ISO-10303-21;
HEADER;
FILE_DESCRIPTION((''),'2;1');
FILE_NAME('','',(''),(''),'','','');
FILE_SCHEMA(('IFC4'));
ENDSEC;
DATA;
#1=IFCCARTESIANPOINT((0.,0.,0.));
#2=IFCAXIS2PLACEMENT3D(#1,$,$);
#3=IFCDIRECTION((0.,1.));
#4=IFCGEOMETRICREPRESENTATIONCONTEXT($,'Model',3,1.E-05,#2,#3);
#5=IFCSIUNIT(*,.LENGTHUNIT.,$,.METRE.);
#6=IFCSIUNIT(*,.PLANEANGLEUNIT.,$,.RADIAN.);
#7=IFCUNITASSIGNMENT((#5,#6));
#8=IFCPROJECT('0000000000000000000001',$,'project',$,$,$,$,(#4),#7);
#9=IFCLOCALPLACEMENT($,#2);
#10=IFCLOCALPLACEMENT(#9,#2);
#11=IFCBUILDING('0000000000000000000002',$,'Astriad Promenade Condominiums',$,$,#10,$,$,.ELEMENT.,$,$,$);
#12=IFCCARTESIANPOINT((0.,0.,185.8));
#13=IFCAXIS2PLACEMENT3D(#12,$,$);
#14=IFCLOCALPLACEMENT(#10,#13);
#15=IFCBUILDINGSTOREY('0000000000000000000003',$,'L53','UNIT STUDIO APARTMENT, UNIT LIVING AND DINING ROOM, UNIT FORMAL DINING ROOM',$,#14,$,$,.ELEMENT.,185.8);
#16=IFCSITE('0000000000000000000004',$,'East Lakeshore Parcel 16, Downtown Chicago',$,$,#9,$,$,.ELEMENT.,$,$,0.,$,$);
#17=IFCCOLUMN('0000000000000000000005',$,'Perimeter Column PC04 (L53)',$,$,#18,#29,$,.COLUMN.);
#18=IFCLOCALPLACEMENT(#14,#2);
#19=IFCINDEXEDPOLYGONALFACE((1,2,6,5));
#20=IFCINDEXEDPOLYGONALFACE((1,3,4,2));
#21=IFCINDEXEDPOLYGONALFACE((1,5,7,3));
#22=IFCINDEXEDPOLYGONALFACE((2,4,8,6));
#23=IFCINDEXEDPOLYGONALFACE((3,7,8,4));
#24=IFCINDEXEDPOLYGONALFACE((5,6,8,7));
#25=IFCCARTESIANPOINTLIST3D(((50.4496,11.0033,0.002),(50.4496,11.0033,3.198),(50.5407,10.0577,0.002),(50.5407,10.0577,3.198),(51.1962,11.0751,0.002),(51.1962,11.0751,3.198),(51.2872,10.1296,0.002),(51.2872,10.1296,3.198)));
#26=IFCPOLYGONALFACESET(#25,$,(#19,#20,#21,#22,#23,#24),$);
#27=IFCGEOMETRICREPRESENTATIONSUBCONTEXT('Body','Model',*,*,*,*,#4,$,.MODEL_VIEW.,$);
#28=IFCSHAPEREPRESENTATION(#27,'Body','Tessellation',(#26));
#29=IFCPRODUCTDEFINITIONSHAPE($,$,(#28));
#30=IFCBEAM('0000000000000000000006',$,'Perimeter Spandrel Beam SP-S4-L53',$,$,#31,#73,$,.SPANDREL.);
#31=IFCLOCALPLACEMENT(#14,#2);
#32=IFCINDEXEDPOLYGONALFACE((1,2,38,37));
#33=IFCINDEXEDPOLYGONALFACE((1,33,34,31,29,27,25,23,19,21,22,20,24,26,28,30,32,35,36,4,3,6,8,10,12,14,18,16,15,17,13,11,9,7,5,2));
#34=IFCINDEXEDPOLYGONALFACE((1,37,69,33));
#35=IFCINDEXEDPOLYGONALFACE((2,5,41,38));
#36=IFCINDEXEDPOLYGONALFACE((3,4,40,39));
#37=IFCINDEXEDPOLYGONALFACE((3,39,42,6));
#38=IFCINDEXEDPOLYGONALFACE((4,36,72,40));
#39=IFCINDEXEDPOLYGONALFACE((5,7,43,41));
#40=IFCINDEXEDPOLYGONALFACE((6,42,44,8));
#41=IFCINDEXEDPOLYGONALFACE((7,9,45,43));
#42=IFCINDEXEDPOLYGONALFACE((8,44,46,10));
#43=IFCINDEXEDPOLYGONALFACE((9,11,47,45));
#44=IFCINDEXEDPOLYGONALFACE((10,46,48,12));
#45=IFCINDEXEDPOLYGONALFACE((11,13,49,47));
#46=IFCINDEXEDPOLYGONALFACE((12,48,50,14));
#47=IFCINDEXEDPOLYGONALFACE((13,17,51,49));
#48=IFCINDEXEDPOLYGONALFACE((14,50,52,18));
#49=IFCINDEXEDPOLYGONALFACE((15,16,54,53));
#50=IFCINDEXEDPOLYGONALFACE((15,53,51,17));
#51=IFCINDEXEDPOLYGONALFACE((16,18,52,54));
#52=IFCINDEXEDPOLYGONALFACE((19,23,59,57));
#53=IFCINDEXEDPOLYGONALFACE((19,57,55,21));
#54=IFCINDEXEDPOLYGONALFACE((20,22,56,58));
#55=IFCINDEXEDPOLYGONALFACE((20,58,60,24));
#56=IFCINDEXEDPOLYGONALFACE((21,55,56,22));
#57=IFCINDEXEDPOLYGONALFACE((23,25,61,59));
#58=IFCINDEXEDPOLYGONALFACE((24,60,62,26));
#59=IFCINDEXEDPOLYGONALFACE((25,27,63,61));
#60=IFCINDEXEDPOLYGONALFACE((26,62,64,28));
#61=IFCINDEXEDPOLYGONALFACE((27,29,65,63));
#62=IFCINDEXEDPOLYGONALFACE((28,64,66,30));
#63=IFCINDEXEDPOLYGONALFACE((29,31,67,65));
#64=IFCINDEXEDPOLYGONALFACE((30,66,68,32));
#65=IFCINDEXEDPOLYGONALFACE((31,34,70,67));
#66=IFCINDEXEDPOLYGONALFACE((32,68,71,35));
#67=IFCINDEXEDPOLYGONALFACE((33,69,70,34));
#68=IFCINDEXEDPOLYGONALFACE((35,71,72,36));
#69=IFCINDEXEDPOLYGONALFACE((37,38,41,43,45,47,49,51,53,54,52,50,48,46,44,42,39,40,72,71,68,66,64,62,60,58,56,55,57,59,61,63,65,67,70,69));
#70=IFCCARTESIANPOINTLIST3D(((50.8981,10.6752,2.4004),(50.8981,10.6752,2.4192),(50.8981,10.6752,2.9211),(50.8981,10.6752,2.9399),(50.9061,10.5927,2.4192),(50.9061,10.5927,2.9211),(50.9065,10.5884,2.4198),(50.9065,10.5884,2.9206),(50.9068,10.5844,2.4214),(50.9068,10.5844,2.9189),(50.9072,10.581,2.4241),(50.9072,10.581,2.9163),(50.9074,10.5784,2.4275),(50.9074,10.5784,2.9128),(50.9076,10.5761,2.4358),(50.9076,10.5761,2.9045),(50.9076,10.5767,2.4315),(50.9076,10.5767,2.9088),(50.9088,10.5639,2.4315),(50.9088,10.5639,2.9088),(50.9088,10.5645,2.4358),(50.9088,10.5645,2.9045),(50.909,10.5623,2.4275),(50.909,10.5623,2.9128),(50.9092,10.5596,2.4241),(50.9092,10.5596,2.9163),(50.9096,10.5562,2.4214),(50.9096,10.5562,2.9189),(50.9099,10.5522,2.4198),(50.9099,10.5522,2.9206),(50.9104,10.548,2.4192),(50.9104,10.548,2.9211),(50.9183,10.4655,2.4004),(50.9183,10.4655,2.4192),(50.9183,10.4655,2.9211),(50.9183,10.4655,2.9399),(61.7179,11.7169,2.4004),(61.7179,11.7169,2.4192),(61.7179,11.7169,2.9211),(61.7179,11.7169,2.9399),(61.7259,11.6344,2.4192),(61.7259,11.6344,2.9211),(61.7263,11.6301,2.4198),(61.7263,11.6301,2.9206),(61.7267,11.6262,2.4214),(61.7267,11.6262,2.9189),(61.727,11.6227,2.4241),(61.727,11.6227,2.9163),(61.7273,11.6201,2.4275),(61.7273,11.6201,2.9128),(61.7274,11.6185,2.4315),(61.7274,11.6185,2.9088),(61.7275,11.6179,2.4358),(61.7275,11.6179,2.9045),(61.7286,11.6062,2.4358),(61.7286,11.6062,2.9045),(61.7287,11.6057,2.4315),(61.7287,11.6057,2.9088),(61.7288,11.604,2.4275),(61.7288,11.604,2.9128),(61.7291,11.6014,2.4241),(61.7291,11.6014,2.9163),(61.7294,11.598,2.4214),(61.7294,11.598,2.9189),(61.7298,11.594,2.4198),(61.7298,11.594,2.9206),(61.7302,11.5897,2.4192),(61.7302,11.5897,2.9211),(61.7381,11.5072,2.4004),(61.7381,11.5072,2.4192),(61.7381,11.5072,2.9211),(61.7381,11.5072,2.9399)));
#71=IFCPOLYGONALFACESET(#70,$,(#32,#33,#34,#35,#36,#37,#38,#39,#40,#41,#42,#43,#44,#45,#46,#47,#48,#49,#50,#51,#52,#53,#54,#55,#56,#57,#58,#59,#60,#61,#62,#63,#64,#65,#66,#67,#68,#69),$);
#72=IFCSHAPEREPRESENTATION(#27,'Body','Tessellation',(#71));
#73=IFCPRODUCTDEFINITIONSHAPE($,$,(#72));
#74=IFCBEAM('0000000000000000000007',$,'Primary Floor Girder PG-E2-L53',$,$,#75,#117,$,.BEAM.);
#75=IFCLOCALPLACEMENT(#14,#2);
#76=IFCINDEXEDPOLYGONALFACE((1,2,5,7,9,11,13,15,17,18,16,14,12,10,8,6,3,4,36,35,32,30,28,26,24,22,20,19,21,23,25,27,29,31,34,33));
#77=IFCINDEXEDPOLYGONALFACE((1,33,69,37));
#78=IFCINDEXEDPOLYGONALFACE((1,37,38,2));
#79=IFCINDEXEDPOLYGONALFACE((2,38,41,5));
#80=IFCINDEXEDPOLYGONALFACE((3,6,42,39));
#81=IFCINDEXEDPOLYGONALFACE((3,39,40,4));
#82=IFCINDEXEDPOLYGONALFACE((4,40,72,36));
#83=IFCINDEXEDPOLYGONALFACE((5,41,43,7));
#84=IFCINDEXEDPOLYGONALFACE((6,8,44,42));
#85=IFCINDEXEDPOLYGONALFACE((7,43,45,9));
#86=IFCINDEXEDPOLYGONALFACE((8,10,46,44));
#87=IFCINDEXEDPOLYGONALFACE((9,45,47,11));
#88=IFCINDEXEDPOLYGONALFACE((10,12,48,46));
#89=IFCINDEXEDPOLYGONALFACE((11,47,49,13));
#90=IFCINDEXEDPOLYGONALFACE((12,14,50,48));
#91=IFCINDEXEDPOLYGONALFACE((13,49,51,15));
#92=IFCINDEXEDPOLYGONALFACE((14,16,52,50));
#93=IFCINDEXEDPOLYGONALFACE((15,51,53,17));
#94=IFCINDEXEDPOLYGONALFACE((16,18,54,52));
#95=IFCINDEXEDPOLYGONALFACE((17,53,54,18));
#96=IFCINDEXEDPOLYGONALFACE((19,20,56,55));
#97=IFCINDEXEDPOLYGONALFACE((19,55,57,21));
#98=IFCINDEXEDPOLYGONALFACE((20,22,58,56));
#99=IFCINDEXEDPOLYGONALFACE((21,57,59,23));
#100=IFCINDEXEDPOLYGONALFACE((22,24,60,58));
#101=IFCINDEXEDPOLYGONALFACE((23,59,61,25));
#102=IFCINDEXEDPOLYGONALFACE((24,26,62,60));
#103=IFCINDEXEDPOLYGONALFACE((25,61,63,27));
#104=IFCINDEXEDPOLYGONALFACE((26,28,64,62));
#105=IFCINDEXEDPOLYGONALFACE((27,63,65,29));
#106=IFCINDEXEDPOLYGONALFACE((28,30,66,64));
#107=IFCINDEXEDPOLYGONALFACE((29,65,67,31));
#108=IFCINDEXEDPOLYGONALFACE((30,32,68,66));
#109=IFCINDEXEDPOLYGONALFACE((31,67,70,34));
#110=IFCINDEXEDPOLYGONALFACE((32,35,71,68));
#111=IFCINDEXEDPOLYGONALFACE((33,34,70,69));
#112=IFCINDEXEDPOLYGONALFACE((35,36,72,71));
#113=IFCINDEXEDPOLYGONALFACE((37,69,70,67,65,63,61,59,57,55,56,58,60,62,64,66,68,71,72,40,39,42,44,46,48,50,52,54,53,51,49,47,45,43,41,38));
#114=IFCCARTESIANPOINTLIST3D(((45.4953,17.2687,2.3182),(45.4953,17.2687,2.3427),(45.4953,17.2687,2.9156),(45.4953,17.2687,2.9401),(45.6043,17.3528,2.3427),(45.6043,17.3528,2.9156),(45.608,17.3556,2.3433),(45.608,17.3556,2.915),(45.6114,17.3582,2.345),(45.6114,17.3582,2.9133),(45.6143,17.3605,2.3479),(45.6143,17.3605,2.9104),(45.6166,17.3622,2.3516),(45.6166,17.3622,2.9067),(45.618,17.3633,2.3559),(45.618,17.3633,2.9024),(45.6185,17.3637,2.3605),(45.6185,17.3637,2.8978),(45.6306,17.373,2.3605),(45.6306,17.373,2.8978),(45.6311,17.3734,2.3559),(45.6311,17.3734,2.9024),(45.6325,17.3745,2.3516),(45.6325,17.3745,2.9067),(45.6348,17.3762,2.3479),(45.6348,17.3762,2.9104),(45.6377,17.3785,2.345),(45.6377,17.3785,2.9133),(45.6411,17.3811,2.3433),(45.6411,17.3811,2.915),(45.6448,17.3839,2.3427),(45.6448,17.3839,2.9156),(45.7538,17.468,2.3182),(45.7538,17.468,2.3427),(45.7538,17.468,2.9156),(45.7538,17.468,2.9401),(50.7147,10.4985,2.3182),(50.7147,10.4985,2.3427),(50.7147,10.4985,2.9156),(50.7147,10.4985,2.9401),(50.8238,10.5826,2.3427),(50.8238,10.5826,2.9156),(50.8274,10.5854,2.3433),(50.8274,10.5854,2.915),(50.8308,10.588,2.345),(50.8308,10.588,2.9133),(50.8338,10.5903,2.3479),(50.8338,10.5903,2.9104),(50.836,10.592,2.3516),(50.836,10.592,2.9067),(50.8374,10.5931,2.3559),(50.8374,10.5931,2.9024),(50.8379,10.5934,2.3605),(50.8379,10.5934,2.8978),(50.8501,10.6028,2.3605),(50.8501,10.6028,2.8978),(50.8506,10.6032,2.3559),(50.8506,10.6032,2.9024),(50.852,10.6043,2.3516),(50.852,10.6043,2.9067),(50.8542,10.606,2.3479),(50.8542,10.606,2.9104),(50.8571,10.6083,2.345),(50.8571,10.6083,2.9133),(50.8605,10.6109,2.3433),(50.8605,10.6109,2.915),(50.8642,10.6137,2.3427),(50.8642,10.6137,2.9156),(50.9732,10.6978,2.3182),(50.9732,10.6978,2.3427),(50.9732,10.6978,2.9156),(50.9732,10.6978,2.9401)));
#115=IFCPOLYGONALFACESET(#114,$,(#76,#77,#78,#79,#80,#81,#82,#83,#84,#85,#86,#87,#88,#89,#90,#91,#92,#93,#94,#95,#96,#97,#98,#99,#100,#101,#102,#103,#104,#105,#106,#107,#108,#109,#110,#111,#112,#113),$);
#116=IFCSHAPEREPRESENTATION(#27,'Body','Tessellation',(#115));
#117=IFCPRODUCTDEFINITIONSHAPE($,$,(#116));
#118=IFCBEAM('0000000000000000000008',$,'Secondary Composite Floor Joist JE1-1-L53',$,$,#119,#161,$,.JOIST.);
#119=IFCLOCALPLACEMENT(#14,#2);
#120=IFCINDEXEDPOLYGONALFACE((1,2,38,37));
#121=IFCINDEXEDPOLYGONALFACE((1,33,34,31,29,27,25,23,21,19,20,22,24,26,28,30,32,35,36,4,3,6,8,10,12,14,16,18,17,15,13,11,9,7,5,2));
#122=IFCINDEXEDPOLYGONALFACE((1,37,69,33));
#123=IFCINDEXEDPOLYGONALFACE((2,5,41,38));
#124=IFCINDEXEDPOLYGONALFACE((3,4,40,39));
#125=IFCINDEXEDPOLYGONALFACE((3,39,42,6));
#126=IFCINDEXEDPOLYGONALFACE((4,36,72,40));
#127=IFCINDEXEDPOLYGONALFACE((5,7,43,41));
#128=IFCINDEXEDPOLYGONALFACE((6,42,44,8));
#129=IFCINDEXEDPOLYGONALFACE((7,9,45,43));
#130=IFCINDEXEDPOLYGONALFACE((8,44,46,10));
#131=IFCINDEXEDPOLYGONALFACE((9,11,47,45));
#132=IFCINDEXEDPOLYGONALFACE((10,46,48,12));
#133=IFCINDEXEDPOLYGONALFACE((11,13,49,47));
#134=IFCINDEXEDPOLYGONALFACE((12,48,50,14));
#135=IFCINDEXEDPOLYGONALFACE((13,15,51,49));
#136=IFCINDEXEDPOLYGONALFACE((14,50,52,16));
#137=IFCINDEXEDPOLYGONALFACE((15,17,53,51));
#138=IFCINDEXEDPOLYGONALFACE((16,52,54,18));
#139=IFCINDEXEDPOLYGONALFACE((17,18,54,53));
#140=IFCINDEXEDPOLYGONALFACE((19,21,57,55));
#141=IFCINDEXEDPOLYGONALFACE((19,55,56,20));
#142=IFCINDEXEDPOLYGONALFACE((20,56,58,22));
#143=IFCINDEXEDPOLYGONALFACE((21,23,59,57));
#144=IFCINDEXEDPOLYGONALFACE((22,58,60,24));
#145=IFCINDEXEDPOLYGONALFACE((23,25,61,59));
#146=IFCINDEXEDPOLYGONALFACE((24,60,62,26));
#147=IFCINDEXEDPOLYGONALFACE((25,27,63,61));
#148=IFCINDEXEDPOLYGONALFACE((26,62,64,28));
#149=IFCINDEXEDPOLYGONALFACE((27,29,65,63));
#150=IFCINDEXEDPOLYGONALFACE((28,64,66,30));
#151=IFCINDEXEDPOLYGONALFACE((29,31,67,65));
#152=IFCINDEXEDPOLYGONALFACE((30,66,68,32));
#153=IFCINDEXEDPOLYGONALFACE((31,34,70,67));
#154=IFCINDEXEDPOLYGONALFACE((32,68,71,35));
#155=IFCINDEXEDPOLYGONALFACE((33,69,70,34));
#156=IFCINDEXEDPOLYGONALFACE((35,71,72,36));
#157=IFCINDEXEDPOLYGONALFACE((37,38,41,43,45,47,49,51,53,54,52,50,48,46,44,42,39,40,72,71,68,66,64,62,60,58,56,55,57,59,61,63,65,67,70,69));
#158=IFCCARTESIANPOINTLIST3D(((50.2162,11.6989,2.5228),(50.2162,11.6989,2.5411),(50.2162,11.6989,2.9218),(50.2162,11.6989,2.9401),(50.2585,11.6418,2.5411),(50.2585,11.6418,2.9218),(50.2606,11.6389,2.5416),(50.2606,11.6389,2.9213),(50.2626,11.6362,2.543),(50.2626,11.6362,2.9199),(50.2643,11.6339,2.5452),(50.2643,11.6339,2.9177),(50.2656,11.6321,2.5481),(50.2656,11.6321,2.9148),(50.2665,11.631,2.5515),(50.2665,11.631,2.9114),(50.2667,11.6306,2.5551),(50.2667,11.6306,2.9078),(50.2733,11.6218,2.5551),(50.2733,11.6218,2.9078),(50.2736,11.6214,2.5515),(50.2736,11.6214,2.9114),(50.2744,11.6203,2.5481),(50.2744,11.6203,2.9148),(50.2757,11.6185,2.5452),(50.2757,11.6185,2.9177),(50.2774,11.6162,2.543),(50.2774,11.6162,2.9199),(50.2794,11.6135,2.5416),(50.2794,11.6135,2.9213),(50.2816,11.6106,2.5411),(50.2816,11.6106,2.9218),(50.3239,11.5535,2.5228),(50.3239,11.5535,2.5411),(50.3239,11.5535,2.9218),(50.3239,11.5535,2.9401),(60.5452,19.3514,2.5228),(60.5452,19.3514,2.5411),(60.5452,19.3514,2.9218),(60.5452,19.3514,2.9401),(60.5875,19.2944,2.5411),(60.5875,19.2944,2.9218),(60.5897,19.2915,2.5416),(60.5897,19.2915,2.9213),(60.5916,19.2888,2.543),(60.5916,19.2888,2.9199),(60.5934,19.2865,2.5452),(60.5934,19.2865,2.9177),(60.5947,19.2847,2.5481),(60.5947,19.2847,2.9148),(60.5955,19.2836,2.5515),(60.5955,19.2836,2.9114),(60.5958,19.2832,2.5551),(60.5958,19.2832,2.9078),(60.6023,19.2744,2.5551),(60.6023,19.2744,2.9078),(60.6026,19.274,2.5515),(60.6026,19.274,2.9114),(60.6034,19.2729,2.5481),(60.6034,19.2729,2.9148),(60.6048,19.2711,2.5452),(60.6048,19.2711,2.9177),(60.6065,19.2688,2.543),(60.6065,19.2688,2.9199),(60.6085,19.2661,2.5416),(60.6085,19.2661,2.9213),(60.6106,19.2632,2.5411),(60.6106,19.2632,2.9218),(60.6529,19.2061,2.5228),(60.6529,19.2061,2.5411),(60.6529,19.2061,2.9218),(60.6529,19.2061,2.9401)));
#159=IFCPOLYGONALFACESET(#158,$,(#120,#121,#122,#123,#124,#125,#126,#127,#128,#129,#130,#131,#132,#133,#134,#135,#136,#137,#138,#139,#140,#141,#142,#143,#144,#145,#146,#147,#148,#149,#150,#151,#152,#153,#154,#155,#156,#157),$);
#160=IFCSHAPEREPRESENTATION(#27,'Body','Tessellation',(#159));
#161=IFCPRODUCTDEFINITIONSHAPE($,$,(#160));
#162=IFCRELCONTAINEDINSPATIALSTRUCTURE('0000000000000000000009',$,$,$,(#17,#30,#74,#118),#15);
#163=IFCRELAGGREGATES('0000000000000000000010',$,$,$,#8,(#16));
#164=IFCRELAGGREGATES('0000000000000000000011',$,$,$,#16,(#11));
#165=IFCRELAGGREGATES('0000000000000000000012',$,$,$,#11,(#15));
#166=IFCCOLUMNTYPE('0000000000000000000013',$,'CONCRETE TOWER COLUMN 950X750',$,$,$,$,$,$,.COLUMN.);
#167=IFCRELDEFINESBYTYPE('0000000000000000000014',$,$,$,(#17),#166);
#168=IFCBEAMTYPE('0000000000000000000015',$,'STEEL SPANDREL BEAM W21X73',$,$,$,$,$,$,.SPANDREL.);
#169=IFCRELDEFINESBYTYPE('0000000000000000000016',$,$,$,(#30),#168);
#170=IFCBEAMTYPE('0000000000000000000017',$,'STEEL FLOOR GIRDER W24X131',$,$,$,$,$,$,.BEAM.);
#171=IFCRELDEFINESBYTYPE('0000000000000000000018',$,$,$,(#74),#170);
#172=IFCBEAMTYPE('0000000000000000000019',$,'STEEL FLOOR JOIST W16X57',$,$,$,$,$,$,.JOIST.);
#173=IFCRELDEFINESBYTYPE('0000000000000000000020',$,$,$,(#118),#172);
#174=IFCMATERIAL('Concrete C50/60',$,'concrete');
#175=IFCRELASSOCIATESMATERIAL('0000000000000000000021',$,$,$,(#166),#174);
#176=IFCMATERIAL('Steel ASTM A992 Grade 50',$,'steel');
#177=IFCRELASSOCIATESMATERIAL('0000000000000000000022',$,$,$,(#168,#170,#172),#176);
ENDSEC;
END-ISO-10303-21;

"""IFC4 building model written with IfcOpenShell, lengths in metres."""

from ifc_helpers import new_model, si_unit, direction, frame, origin, origin_2d, place, context, subcontext, project, spatial, rectangle, i_section, extrude, source, transform, mapped, material, material_profile, profile_set, type_object, type_shapes, element, save


model = new_model("IFC4")

# Units and contexts
model_context = context("Model", 3, precision=1e-05, world=origin(), true_north=direction((0.0, 1.0)))
body_context = subcontext(model_context, "Body", "Model", "MODEL_VIEW")
ifc_project = project(units=[si_unit("LENGTHUNIT", "METRE"), si_unit("PLANEANGLEUNIT", "RADIAN")], contexts=[model_context])

# Site, building, storey
site_placement = place(None, origin())
site = spatial("IfcSite", under=ifc_project, at=site_placement, Name="East Lakeshore Parcel 16, Downtown Chicago", CompositionType="ELEMENT", RefElevation=0.0)
building_placement = place(site_placement, origin())
building = spatial("IfcBuilding", under=site, at=building_placement, Name="Astriad Promenade Condominiums", CompositionType="ELEMENT")
storey_placement = place(building_placement, frame((0.0, 0.0, 185.8)))
storey = spatial("IfcBuildingStorey", under=building, at=storey_placement, Name="L53", Description="UNIT STUDIO APARTMENT, UNIT LIVING AND DINING ROOM, UNIT FORMAL DINING ROOM", CompositionType="ELEMENT", Elevation=185.8)

# Column
ifc_material_1 = material(Name="Concrete C50/60", Category="concrete")
ifc_material_profile_1 = material_profile(ifc_material_1, rectangle(XDim=0.75, YDim=0.95, at=origin_2d()), Name="RC-COL-950X750")
ifc_profile_set_1 = profile_set([ifc_material_profile_1], Name="Concrete C50/60")
column_type = type_object("IfcColumnType", Name="CONCRETE TOWER COLUMN 950X750", PredefinedType="COLUMN", material=ifc_profile_set_1)
shared_shape_1 = source(origin(), body_context, "Body", "SweptSolid", [
    extrude(rectangle(XDim=0.75, YDim=0.95, at=origin_2d()), origin(), (0.0, 0.0, 1.0), 3.196),
])
type_shapes(column_type, [shared_shape_1])
column_placement = place(storey_placement, frame((50.8684, 10.5664, 0.002), z_axis=(0.0, 0.0, 1.0), x_axis=(0.995396, 0.095846, 0.0)))
element("IfcColumn", 1, at=column_placement, inside=storey, type_object=column_type, Name="Perimeter Column PC04 (L53)", PredefinedType="COLUMN", context=body_context, shape_type="MappedRepresentation", body=[
    mapped(shared_shape_1, transform((0.0, 0.0, 0.0), scale=1.0)),
])

# Beams
ifc_material_2 = material(Name="Steel ASTM A992 Grade 50", Category="steel")
ifc_material_profile_2 = material_profile(ifc_material_2, i_section(OverallWidth=0.2107, OverallDepth=0.5396, WebThickness=0.0117, FlangeThickness=0.0188, FilletRadius=0.0166, at=origin_2d()), Name="W21X73")
ifc_profile_set_2 = profile_set([ifc_material_profile_2], Name="Steel ASTM A992 Grade 50")
beam_type_1 = type_object("IfcBeamType", Name="STEEL SPANDREL BEAM W21X73", PredefinedType="SPANDREL", material=ifc_profile_set_2)
shared_shape_2 = source(origin(), body_context, "Body", "SweptSolid", [
    extrude(i_section(OverallWidth=0.2107, OverallDepth=0.5396, WebThickness=0.0117, FlangeThickness=0.0188, FilletRadius=0.0166, at=origin_2d()), origin(), (0.0, 0.0, 1.0), 10.8699),
])
type_shapes(beam_type_1, [shared_shape_2])
beam_1_placement = place(storey_placement, frame((50.9082, 10.5703, 2.6702), z_axis=(0.995397, 0.095838, 0.0), x_axis=(-0.095838, 0.995397, 0.0)))
element("IfcBeam", 2, at=beam_1_placement, inside=storey, type_object=beam_type_1, Name="Perimeter Spandrel Beam SP-S4-L53", PredefinedType="SPANDREL", context=body_context, shape_type="MappedRepresentation", body=[
    mapped(shared_shape_2, transform((0.0, 0.0, 0.0), scale=1.0)),
])
ifc_material_profile_3 = material_profile(ifc_material_2, i_section(OverallWidth=0.3264, OverallDepth=0.6218, WebThickness=0.0154, FlangeThickness=0.0244, FilletRadius=0.0178, at=origin_2d()), Name="W24X131")
ifc_profile_set_3 = profile_set([ifc_material_profile_3], Name="Steel ASTM A992 Grade 50")
beam_type_2 = type_object("IfcBeamType", Name="STEEL FLOOR GIRDER W24X131", PredefinedType="BEAM", material=ifc_profile_set_3)
shared_shape_3 = source(origin(), body_context, "Body", "SweptSolid", [
    extrude(i_section(OverallWidth=0.3264, OverallDepth=0.6218, WebThickness=0.0154, FlangeThickness=0.0244, FilletRadius=0.0178, at=origin_2d()), origin(), (0.0, 0.0, 1.0), 8.5486),
])
type_shapes(beam_type_2, [shared_shape_3])
beam_2_placement = place(storey_placement, frame((50.844, 10.5981, 2.6292), z_axis=(-0.610562, 0.791968, 0.0), x_axis=(-0.791968, -0.610562, 0.0)))
element("IfcBeam", 3, at=beam_2_placement, inside=storey, type_object=beam_type_2, Name="Primary Floor Girder PG-E2-L53", PredefinedType="BEAM", context=body_context, shape_type="MappedRepresentation", body=[
    mapped(shared_shape_3, transform((0.0, 0.0, 0.0), scale=1.0)),
])
ifc_material_profile_4 = material_profile(ifc_material_2, i_section(OverallWidth=0.1809, OverallDepth=0.4172, WebThickness=0.011, FlangeThickness=0.0183, FilletRadius=0.0139, at=origin_2d()), Name="W16X57")
ifc_profile_set_4 = profile_set([ifc_material_profile_4], Name="Steel ASTM A992 Grade 50")
beam_type_3 = type_object("IfcBeamType", Name="STEEL FLOOR JOIST W16X57", PredefinedType="JOIST", material=ifc_profile_set_4)
shared_shape_4 = source(origin(), body_context, "Body", "SweptSolid", [
    extrude(i_section(OverallWidth=0.1809, OverallDepth=0.4172, WebThickness=0.011, FlangeThickness=0.0183, FilletRadius=0.0139, at=origin_2d()), origin(), (0.0, 0.0, 1.0), 12.855),
])
beam_3_placement = place(storey_placement, frame((50.27, 11.6262, 2.7314), z_axis=(0.803505, 0.595298, 0.0), x_axis=(-0.595298, 0.803505, 0.0)))
element("IfcBeam", 4, at=beam_3_placement, inside=storey, type_object=beam_type_3, Name="Secondary Composite Floor Joist JE1-1-L53", PredefinedType="JOIST", context=body_context, shape_type="MappedRepresentation", body=[
    mapped(shared_shape_4, transform((0.0, 0.0, 0.0), scale=1.0)),
])

save(model, "model.ifc")
